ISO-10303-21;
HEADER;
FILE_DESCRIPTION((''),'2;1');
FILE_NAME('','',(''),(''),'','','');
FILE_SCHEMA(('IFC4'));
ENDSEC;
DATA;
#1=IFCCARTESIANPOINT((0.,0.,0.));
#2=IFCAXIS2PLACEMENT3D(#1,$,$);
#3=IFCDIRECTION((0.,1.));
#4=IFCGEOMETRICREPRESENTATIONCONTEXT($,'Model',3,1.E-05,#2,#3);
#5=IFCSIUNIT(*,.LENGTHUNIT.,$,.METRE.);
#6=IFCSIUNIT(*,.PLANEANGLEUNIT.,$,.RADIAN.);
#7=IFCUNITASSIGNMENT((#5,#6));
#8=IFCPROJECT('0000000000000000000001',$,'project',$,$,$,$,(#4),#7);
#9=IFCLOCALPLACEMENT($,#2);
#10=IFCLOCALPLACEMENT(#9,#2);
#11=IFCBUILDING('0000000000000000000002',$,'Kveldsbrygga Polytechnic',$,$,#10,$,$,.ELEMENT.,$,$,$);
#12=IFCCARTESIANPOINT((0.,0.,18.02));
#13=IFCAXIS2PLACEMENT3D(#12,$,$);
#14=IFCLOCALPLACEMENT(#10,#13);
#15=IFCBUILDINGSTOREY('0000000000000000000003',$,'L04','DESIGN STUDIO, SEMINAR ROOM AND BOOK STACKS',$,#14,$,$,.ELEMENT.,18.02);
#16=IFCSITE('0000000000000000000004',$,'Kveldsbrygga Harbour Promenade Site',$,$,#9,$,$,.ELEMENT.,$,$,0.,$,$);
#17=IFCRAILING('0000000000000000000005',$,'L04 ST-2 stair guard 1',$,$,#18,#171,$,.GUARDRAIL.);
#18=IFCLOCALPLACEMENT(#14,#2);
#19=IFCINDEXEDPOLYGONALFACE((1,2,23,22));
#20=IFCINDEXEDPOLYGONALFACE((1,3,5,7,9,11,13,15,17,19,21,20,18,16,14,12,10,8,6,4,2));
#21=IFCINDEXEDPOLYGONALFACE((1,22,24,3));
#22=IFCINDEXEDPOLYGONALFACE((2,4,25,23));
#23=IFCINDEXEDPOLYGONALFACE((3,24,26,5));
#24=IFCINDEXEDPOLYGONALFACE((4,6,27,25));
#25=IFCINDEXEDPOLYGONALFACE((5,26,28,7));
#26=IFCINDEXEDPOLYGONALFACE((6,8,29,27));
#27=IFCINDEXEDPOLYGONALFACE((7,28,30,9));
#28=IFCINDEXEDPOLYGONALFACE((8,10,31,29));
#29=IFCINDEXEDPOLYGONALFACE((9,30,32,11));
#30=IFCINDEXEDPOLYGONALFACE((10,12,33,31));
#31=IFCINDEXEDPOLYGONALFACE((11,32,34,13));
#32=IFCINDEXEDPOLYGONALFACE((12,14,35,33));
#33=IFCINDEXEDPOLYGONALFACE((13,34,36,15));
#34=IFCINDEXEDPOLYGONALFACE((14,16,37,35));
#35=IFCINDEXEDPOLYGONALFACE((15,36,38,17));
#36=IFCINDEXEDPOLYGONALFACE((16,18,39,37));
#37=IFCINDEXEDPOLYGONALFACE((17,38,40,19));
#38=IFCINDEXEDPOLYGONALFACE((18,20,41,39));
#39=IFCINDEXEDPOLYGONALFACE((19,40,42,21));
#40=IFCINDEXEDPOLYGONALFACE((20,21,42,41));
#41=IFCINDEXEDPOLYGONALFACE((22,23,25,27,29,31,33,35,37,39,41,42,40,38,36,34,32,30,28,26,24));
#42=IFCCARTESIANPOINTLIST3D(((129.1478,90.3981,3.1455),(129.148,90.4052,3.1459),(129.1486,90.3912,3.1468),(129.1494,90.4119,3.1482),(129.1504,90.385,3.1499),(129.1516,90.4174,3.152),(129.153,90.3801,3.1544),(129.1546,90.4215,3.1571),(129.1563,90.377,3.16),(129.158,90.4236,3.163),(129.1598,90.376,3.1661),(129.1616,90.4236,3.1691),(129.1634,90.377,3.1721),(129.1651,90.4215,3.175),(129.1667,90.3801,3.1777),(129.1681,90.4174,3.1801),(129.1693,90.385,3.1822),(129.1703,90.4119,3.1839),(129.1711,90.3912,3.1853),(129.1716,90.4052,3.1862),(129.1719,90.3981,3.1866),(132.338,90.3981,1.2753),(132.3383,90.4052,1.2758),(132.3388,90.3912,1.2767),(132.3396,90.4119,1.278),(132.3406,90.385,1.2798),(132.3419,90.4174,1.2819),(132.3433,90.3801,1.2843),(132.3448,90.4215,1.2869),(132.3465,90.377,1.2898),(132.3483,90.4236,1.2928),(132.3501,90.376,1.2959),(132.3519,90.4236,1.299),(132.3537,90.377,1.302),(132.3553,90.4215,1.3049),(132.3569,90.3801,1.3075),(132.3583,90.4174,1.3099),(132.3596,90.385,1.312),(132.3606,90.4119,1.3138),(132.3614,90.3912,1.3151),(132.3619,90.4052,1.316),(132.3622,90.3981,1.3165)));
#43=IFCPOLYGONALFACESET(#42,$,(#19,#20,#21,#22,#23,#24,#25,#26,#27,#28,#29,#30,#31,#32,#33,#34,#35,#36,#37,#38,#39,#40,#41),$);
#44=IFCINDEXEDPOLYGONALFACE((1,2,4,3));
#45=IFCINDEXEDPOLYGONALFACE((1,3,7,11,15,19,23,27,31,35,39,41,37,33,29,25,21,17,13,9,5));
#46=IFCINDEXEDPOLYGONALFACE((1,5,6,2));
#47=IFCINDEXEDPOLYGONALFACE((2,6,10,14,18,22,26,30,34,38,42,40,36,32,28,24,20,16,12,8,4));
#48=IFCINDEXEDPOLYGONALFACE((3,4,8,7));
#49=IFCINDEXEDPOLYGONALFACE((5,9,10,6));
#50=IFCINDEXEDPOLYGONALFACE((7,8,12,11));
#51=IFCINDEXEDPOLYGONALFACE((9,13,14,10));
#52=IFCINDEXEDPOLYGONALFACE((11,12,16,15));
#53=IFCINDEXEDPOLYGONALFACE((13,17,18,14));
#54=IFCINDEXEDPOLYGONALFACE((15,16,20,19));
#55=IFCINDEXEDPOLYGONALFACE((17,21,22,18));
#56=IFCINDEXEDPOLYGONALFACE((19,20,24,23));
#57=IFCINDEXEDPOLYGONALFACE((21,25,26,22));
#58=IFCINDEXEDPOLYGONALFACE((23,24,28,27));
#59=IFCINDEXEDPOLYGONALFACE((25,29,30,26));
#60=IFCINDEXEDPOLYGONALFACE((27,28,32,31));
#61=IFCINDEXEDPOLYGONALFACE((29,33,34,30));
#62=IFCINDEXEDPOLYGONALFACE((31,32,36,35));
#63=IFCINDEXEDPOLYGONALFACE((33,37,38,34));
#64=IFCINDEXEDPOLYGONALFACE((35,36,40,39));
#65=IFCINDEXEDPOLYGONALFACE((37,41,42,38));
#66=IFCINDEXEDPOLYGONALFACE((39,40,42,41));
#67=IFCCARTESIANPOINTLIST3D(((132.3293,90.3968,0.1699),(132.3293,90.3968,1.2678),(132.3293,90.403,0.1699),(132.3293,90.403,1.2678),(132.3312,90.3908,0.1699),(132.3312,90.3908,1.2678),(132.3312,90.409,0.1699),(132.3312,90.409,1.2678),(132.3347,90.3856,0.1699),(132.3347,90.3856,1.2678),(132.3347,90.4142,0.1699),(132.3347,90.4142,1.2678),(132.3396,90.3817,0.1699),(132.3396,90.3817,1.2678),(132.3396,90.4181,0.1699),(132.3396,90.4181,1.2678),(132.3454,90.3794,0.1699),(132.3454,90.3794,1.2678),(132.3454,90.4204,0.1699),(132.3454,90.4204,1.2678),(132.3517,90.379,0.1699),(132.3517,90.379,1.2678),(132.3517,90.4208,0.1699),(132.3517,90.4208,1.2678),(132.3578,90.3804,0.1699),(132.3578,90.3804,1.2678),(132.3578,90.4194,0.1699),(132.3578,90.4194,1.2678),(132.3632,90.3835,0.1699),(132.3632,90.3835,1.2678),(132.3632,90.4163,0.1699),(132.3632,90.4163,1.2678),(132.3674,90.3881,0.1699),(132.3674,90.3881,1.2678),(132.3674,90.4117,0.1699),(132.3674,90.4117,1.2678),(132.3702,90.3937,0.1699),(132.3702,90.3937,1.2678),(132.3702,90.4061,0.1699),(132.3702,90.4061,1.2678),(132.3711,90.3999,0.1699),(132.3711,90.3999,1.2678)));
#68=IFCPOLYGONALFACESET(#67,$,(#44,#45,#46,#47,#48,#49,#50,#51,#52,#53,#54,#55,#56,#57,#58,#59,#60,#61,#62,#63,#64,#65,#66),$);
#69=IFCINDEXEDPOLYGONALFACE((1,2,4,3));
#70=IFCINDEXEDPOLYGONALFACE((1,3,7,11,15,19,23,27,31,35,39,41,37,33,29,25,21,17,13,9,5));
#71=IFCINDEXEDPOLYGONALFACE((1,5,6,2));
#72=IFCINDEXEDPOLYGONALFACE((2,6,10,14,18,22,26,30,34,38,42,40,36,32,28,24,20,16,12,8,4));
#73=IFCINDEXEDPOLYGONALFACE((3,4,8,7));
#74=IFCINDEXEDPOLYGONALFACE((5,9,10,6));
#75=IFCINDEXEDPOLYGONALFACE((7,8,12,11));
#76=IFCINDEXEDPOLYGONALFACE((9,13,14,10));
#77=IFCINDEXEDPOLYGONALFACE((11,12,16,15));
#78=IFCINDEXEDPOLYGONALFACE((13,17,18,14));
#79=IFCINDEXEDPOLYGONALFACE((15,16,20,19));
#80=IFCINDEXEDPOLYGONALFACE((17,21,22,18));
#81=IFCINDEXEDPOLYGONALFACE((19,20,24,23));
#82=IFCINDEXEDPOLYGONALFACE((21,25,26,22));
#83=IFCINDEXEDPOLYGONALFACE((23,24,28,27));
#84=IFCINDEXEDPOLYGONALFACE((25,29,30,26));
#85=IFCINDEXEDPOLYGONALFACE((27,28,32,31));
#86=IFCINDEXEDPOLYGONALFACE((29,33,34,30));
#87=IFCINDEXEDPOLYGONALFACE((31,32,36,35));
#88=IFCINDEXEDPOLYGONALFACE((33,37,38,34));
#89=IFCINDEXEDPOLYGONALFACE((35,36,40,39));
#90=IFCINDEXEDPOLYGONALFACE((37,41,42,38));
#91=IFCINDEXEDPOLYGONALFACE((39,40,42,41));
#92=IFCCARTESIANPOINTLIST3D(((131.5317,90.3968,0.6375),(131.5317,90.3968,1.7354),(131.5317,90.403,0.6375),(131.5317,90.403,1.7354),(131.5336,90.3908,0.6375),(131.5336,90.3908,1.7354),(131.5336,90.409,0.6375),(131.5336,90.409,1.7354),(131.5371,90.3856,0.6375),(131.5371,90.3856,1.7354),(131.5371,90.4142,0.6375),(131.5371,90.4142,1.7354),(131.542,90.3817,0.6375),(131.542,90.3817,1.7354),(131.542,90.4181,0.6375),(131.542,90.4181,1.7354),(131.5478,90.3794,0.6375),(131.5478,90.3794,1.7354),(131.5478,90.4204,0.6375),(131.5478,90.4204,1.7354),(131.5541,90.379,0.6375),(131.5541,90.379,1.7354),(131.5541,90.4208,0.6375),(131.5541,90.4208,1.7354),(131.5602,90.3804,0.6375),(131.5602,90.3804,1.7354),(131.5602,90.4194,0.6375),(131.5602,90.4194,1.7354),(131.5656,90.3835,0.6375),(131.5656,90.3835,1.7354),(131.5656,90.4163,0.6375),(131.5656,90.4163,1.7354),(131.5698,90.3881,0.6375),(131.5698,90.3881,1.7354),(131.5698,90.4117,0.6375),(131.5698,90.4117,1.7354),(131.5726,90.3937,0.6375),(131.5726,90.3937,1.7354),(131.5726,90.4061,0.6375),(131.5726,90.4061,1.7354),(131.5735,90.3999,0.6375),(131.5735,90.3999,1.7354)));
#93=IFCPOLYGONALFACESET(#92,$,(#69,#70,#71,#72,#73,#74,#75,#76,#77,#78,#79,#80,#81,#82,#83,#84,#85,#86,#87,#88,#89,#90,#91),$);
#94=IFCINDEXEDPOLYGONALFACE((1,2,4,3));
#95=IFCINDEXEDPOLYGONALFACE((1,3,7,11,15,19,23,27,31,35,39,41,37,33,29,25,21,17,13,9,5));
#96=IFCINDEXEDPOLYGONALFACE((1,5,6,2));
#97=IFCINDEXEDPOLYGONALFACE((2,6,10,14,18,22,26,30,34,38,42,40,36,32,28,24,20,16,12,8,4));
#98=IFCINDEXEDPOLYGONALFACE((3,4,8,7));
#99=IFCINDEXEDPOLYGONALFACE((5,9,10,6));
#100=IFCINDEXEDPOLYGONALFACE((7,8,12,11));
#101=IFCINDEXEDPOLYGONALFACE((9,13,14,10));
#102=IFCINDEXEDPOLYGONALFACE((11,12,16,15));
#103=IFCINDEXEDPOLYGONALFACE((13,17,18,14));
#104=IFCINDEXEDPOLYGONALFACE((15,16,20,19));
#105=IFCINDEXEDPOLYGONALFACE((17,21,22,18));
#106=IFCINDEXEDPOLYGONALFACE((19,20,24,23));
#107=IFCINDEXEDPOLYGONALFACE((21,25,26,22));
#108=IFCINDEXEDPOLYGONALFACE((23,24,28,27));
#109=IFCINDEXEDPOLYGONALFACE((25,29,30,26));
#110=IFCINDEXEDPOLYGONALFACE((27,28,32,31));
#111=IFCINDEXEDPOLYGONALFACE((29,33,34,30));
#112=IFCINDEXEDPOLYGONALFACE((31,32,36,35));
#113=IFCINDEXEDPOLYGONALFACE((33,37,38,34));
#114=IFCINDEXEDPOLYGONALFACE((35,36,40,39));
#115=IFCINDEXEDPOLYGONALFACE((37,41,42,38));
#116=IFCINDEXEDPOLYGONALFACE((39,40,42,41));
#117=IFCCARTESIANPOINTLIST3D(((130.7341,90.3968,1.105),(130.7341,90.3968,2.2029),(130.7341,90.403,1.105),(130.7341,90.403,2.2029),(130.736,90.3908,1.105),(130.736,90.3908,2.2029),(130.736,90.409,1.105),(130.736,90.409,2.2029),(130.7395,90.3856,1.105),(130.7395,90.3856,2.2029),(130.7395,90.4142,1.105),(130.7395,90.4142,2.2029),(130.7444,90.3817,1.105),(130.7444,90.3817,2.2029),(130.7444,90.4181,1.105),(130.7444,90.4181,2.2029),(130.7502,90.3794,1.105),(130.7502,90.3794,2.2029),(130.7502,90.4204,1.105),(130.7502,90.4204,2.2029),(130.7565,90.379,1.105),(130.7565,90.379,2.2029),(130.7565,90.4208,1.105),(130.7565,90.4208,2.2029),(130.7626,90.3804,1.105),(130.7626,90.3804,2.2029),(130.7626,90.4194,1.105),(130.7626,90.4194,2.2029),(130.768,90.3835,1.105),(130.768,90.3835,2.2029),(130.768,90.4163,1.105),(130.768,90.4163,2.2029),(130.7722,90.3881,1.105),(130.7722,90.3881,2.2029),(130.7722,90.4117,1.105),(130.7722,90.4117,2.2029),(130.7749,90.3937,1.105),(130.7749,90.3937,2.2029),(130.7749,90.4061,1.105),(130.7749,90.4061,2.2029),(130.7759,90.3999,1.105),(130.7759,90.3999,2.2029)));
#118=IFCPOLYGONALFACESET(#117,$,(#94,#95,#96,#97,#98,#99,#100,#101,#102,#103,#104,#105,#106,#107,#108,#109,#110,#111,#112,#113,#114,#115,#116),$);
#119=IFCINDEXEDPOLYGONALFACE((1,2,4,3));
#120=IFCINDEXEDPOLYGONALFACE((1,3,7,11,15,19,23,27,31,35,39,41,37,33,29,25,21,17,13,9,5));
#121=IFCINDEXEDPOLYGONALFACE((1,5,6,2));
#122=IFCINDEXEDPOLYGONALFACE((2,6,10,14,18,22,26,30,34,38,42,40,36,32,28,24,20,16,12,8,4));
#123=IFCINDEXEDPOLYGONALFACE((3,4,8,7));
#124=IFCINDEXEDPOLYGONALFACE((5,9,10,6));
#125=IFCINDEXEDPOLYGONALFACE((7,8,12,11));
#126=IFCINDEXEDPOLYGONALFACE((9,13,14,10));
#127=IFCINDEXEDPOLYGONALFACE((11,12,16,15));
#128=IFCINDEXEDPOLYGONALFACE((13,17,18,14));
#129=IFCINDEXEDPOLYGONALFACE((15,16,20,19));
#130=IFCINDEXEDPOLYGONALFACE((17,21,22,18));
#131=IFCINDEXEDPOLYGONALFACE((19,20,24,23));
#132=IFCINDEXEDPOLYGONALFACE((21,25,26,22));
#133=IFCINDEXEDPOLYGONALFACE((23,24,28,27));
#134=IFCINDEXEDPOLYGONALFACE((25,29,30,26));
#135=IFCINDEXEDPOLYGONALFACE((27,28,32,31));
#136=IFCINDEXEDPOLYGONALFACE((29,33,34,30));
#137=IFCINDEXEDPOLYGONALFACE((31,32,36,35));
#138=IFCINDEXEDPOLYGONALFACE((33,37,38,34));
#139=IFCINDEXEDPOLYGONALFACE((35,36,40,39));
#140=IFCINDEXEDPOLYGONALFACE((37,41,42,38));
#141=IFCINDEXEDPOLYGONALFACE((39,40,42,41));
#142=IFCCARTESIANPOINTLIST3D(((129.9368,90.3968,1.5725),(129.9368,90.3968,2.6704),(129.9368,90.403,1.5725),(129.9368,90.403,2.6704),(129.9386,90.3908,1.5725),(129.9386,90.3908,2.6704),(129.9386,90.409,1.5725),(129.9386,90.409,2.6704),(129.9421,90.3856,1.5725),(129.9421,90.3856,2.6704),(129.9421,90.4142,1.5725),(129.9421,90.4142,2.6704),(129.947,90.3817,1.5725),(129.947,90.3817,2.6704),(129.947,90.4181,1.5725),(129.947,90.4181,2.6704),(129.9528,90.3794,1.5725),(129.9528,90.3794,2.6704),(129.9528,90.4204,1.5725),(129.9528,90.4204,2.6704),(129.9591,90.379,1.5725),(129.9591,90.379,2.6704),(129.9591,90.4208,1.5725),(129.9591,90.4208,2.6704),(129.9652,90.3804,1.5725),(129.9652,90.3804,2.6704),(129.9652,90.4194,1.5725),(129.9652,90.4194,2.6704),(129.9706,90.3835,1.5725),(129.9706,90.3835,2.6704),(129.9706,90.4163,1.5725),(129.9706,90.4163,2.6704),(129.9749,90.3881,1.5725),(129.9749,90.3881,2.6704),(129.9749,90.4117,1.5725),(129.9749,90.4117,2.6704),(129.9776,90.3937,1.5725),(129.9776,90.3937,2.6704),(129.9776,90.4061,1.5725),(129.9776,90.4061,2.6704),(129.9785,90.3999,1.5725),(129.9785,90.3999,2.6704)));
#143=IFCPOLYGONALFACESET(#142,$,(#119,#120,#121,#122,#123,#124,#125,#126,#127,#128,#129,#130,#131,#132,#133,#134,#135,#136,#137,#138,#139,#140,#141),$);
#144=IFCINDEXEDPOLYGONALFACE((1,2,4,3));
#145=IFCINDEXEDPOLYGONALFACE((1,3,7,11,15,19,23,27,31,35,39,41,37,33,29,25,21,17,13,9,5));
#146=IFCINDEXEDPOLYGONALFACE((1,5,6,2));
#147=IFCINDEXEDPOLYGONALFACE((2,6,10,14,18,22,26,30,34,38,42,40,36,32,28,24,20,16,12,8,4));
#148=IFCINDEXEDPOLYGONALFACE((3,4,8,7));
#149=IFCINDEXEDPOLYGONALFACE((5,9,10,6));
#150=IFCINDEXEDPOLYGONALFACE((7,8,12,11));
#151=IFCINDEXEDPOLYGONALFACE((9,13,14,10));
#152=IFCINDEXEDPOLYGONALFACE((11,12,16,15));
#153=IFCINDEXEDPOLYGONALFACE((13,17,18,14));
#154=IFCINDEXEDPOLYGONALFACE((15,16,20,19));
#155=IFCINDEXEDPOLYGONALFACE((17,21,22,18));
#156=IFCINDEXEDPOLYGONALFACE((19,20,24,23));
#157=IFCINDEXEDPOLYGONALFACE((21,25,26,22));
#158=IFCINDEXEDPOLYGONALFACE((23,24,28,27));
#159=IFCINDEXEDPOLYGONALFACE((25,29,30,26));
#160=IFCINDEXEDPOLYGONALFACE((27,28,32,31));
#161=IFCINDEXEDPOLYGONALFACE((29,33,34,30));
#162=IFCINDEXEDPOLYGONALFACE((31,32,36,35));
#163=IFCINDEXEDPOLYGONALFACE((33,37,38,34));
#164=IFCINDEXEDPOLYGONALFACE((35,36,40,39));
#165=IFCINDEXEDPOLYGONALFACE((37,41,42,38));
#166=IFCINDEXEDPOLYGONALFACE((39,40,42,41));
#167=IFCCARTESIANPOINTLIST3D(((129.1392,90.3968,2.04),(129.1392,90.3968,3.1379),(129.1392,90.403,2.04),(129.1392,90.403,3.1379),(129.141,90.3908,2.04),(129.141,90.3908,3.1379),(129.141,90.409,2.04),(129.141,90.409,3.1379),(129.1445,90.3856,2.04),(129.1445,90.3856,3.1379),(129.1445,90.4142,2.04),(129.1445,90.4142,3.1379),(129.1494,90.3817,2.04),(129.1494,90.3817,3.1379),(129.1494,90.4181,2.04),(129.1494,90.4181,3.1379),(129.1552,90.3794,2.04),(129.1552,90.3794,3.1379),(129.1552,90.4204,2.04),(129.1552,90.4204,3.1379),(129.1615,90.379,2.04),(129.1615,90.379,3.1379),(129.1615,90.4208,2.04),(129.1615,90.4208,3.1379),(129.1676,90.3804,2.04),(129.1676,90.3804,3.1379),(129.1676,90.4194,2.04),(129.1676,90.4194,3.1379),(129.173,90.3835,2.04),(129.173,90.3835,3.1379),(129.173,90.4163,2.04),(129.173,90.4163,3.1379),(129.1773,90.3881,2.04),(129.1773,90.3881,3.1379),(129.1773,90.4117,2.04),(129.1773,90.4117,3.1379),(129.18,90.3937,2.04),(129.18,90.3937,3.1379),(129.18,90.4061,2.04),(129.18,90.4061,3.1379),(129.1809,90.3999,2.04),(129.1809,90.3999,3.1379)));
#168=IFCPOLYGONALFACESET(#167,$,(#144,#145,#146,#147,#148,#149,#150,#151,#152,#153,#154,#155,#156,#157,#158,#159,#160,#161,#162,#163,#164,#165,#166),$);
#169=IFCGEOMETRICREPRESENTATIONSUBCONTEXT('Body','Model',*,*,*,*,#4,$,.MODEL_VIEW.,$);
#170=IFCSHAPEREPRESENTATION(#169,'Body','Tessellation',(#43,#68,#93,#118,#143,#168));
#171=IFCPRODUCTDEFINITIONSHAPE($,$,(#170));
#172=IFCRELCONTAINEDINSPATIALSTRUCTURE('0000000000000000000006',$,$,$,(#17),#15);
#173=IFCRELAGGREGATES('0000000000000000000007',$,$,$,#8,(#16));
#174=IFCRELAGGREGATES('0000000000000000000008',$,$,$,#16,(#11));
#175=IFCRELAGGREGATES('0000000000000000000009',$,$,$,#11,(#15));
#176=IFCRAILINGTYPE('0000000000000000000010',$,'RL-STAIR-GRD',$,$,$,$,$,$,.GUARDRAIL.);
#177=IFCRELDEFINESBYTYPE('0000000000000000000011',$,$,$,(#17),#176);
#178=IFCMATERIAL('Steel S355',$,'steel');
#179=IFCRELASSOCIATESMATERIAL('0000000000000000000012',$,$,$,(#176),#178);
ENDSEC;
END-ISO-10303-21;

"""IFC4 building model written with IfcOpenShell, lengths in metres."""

from ifc_helpers import new_model, si_unit, direction, frame, origin, origin_2d, place, context, subcontext, project, spatial, circle, extrude, material, type_object, element, save


model = new_model("IFC4")

# Units and contexts
model_context = context("Model", 3, precision=1e-05, world=origin(), true_north=direction((0.0, 1.0)))
body_context = subcontext(model_context, "Body", "Model", "MODEL_VIEW")
ifc_project = project(units=[si_unit("LENGTHUNIT", "METRE"), si_unit("PLANEANGLEUNIT", "RADIAN")], contexts=[model_context])

# Site, building, storey
site_placement = place(None, origin())
site = spatial("IfcSite", under=ifc_project, at=site_placement, Name="Kveldsbrygga Harbour Promenade Site", CompositionType="ELEMENT", RefElevation=0.0)
building_placement = place(site_placement, origin())
building = spatial("IfcBuilding", under=site, at=building_placement, Name="Kveldsbrygga Polytechnic", CompositionType="ELEMENT")
storey_placement = place(building_placement, frame((0.0, 0.0, 18.02)))
storey = spatial("IfcBuildingStorey", under=building, at=storey_placement, Name="L04", Description="DESIGN STUDIO, SEMINAR ROOM AND BOOK STACKS", CompositionType="ELEMENT", Elevation=18.02)

# Shared definitions
ifc_material_1 = material(Name="Steel S355", Category="steel")

# Railing
railing_type_1 = type_object("IfcRailingType", Name="RL-STAIR-GRD", PredefinedType="GUARDRAIL", material=ifc_material_1)
railing_1_placement = place(storey_placement, frame((132.3501, 90.3999, 0.1699)))
element("IfcRailing", 1, at=railing_1_placement, inside=storey, type_object=railing_type_1, Name="L04 ST-2 stair guard 1", PredefinedType="GUARDRAIL", context=body_context, shape_type="SweptSolid", body=[
    extrude(circle(Radius=0.0239, at=origin_2d()), frame((0.0, 0.0, 1.126), z_axis=(-0.862697, 0.0, 0.505721), x_axis=(0.0, -1.0, 0.0)), (0.0, 0.0, 1.0), 3.698),
    extrude(circle(Radius=0.021, at=origin_2d()), origin(), (0.0, 0.0, 1.0), 1.0979),
    extrude(circle(Radius=0.021, at=origin_2d()), frame((-0.7976, 0.0, 0.4675)), (0.0, 0.0, 1.0), 1.0979),
    extrude(circle(Radius=0.021, at=origin_2d()), frame((-1.5952, 0.0, 0.9351)), (0.0, 0.0, 1.0), 1.0979),
    extrude(circle(Radius=0.021, at=origin_2d()), frame((-2.3926, 0.0, 1.4026)), (0.0, 0.0, 1.0), 1.0979),
    extrude(circle(Radius=0.021, at=origin_2d()), frame((-3.1902, 0.0, 1.8701)), (0.0, 0.0, 1.0), 1.0979),
])

save(model, "model.ifc")
